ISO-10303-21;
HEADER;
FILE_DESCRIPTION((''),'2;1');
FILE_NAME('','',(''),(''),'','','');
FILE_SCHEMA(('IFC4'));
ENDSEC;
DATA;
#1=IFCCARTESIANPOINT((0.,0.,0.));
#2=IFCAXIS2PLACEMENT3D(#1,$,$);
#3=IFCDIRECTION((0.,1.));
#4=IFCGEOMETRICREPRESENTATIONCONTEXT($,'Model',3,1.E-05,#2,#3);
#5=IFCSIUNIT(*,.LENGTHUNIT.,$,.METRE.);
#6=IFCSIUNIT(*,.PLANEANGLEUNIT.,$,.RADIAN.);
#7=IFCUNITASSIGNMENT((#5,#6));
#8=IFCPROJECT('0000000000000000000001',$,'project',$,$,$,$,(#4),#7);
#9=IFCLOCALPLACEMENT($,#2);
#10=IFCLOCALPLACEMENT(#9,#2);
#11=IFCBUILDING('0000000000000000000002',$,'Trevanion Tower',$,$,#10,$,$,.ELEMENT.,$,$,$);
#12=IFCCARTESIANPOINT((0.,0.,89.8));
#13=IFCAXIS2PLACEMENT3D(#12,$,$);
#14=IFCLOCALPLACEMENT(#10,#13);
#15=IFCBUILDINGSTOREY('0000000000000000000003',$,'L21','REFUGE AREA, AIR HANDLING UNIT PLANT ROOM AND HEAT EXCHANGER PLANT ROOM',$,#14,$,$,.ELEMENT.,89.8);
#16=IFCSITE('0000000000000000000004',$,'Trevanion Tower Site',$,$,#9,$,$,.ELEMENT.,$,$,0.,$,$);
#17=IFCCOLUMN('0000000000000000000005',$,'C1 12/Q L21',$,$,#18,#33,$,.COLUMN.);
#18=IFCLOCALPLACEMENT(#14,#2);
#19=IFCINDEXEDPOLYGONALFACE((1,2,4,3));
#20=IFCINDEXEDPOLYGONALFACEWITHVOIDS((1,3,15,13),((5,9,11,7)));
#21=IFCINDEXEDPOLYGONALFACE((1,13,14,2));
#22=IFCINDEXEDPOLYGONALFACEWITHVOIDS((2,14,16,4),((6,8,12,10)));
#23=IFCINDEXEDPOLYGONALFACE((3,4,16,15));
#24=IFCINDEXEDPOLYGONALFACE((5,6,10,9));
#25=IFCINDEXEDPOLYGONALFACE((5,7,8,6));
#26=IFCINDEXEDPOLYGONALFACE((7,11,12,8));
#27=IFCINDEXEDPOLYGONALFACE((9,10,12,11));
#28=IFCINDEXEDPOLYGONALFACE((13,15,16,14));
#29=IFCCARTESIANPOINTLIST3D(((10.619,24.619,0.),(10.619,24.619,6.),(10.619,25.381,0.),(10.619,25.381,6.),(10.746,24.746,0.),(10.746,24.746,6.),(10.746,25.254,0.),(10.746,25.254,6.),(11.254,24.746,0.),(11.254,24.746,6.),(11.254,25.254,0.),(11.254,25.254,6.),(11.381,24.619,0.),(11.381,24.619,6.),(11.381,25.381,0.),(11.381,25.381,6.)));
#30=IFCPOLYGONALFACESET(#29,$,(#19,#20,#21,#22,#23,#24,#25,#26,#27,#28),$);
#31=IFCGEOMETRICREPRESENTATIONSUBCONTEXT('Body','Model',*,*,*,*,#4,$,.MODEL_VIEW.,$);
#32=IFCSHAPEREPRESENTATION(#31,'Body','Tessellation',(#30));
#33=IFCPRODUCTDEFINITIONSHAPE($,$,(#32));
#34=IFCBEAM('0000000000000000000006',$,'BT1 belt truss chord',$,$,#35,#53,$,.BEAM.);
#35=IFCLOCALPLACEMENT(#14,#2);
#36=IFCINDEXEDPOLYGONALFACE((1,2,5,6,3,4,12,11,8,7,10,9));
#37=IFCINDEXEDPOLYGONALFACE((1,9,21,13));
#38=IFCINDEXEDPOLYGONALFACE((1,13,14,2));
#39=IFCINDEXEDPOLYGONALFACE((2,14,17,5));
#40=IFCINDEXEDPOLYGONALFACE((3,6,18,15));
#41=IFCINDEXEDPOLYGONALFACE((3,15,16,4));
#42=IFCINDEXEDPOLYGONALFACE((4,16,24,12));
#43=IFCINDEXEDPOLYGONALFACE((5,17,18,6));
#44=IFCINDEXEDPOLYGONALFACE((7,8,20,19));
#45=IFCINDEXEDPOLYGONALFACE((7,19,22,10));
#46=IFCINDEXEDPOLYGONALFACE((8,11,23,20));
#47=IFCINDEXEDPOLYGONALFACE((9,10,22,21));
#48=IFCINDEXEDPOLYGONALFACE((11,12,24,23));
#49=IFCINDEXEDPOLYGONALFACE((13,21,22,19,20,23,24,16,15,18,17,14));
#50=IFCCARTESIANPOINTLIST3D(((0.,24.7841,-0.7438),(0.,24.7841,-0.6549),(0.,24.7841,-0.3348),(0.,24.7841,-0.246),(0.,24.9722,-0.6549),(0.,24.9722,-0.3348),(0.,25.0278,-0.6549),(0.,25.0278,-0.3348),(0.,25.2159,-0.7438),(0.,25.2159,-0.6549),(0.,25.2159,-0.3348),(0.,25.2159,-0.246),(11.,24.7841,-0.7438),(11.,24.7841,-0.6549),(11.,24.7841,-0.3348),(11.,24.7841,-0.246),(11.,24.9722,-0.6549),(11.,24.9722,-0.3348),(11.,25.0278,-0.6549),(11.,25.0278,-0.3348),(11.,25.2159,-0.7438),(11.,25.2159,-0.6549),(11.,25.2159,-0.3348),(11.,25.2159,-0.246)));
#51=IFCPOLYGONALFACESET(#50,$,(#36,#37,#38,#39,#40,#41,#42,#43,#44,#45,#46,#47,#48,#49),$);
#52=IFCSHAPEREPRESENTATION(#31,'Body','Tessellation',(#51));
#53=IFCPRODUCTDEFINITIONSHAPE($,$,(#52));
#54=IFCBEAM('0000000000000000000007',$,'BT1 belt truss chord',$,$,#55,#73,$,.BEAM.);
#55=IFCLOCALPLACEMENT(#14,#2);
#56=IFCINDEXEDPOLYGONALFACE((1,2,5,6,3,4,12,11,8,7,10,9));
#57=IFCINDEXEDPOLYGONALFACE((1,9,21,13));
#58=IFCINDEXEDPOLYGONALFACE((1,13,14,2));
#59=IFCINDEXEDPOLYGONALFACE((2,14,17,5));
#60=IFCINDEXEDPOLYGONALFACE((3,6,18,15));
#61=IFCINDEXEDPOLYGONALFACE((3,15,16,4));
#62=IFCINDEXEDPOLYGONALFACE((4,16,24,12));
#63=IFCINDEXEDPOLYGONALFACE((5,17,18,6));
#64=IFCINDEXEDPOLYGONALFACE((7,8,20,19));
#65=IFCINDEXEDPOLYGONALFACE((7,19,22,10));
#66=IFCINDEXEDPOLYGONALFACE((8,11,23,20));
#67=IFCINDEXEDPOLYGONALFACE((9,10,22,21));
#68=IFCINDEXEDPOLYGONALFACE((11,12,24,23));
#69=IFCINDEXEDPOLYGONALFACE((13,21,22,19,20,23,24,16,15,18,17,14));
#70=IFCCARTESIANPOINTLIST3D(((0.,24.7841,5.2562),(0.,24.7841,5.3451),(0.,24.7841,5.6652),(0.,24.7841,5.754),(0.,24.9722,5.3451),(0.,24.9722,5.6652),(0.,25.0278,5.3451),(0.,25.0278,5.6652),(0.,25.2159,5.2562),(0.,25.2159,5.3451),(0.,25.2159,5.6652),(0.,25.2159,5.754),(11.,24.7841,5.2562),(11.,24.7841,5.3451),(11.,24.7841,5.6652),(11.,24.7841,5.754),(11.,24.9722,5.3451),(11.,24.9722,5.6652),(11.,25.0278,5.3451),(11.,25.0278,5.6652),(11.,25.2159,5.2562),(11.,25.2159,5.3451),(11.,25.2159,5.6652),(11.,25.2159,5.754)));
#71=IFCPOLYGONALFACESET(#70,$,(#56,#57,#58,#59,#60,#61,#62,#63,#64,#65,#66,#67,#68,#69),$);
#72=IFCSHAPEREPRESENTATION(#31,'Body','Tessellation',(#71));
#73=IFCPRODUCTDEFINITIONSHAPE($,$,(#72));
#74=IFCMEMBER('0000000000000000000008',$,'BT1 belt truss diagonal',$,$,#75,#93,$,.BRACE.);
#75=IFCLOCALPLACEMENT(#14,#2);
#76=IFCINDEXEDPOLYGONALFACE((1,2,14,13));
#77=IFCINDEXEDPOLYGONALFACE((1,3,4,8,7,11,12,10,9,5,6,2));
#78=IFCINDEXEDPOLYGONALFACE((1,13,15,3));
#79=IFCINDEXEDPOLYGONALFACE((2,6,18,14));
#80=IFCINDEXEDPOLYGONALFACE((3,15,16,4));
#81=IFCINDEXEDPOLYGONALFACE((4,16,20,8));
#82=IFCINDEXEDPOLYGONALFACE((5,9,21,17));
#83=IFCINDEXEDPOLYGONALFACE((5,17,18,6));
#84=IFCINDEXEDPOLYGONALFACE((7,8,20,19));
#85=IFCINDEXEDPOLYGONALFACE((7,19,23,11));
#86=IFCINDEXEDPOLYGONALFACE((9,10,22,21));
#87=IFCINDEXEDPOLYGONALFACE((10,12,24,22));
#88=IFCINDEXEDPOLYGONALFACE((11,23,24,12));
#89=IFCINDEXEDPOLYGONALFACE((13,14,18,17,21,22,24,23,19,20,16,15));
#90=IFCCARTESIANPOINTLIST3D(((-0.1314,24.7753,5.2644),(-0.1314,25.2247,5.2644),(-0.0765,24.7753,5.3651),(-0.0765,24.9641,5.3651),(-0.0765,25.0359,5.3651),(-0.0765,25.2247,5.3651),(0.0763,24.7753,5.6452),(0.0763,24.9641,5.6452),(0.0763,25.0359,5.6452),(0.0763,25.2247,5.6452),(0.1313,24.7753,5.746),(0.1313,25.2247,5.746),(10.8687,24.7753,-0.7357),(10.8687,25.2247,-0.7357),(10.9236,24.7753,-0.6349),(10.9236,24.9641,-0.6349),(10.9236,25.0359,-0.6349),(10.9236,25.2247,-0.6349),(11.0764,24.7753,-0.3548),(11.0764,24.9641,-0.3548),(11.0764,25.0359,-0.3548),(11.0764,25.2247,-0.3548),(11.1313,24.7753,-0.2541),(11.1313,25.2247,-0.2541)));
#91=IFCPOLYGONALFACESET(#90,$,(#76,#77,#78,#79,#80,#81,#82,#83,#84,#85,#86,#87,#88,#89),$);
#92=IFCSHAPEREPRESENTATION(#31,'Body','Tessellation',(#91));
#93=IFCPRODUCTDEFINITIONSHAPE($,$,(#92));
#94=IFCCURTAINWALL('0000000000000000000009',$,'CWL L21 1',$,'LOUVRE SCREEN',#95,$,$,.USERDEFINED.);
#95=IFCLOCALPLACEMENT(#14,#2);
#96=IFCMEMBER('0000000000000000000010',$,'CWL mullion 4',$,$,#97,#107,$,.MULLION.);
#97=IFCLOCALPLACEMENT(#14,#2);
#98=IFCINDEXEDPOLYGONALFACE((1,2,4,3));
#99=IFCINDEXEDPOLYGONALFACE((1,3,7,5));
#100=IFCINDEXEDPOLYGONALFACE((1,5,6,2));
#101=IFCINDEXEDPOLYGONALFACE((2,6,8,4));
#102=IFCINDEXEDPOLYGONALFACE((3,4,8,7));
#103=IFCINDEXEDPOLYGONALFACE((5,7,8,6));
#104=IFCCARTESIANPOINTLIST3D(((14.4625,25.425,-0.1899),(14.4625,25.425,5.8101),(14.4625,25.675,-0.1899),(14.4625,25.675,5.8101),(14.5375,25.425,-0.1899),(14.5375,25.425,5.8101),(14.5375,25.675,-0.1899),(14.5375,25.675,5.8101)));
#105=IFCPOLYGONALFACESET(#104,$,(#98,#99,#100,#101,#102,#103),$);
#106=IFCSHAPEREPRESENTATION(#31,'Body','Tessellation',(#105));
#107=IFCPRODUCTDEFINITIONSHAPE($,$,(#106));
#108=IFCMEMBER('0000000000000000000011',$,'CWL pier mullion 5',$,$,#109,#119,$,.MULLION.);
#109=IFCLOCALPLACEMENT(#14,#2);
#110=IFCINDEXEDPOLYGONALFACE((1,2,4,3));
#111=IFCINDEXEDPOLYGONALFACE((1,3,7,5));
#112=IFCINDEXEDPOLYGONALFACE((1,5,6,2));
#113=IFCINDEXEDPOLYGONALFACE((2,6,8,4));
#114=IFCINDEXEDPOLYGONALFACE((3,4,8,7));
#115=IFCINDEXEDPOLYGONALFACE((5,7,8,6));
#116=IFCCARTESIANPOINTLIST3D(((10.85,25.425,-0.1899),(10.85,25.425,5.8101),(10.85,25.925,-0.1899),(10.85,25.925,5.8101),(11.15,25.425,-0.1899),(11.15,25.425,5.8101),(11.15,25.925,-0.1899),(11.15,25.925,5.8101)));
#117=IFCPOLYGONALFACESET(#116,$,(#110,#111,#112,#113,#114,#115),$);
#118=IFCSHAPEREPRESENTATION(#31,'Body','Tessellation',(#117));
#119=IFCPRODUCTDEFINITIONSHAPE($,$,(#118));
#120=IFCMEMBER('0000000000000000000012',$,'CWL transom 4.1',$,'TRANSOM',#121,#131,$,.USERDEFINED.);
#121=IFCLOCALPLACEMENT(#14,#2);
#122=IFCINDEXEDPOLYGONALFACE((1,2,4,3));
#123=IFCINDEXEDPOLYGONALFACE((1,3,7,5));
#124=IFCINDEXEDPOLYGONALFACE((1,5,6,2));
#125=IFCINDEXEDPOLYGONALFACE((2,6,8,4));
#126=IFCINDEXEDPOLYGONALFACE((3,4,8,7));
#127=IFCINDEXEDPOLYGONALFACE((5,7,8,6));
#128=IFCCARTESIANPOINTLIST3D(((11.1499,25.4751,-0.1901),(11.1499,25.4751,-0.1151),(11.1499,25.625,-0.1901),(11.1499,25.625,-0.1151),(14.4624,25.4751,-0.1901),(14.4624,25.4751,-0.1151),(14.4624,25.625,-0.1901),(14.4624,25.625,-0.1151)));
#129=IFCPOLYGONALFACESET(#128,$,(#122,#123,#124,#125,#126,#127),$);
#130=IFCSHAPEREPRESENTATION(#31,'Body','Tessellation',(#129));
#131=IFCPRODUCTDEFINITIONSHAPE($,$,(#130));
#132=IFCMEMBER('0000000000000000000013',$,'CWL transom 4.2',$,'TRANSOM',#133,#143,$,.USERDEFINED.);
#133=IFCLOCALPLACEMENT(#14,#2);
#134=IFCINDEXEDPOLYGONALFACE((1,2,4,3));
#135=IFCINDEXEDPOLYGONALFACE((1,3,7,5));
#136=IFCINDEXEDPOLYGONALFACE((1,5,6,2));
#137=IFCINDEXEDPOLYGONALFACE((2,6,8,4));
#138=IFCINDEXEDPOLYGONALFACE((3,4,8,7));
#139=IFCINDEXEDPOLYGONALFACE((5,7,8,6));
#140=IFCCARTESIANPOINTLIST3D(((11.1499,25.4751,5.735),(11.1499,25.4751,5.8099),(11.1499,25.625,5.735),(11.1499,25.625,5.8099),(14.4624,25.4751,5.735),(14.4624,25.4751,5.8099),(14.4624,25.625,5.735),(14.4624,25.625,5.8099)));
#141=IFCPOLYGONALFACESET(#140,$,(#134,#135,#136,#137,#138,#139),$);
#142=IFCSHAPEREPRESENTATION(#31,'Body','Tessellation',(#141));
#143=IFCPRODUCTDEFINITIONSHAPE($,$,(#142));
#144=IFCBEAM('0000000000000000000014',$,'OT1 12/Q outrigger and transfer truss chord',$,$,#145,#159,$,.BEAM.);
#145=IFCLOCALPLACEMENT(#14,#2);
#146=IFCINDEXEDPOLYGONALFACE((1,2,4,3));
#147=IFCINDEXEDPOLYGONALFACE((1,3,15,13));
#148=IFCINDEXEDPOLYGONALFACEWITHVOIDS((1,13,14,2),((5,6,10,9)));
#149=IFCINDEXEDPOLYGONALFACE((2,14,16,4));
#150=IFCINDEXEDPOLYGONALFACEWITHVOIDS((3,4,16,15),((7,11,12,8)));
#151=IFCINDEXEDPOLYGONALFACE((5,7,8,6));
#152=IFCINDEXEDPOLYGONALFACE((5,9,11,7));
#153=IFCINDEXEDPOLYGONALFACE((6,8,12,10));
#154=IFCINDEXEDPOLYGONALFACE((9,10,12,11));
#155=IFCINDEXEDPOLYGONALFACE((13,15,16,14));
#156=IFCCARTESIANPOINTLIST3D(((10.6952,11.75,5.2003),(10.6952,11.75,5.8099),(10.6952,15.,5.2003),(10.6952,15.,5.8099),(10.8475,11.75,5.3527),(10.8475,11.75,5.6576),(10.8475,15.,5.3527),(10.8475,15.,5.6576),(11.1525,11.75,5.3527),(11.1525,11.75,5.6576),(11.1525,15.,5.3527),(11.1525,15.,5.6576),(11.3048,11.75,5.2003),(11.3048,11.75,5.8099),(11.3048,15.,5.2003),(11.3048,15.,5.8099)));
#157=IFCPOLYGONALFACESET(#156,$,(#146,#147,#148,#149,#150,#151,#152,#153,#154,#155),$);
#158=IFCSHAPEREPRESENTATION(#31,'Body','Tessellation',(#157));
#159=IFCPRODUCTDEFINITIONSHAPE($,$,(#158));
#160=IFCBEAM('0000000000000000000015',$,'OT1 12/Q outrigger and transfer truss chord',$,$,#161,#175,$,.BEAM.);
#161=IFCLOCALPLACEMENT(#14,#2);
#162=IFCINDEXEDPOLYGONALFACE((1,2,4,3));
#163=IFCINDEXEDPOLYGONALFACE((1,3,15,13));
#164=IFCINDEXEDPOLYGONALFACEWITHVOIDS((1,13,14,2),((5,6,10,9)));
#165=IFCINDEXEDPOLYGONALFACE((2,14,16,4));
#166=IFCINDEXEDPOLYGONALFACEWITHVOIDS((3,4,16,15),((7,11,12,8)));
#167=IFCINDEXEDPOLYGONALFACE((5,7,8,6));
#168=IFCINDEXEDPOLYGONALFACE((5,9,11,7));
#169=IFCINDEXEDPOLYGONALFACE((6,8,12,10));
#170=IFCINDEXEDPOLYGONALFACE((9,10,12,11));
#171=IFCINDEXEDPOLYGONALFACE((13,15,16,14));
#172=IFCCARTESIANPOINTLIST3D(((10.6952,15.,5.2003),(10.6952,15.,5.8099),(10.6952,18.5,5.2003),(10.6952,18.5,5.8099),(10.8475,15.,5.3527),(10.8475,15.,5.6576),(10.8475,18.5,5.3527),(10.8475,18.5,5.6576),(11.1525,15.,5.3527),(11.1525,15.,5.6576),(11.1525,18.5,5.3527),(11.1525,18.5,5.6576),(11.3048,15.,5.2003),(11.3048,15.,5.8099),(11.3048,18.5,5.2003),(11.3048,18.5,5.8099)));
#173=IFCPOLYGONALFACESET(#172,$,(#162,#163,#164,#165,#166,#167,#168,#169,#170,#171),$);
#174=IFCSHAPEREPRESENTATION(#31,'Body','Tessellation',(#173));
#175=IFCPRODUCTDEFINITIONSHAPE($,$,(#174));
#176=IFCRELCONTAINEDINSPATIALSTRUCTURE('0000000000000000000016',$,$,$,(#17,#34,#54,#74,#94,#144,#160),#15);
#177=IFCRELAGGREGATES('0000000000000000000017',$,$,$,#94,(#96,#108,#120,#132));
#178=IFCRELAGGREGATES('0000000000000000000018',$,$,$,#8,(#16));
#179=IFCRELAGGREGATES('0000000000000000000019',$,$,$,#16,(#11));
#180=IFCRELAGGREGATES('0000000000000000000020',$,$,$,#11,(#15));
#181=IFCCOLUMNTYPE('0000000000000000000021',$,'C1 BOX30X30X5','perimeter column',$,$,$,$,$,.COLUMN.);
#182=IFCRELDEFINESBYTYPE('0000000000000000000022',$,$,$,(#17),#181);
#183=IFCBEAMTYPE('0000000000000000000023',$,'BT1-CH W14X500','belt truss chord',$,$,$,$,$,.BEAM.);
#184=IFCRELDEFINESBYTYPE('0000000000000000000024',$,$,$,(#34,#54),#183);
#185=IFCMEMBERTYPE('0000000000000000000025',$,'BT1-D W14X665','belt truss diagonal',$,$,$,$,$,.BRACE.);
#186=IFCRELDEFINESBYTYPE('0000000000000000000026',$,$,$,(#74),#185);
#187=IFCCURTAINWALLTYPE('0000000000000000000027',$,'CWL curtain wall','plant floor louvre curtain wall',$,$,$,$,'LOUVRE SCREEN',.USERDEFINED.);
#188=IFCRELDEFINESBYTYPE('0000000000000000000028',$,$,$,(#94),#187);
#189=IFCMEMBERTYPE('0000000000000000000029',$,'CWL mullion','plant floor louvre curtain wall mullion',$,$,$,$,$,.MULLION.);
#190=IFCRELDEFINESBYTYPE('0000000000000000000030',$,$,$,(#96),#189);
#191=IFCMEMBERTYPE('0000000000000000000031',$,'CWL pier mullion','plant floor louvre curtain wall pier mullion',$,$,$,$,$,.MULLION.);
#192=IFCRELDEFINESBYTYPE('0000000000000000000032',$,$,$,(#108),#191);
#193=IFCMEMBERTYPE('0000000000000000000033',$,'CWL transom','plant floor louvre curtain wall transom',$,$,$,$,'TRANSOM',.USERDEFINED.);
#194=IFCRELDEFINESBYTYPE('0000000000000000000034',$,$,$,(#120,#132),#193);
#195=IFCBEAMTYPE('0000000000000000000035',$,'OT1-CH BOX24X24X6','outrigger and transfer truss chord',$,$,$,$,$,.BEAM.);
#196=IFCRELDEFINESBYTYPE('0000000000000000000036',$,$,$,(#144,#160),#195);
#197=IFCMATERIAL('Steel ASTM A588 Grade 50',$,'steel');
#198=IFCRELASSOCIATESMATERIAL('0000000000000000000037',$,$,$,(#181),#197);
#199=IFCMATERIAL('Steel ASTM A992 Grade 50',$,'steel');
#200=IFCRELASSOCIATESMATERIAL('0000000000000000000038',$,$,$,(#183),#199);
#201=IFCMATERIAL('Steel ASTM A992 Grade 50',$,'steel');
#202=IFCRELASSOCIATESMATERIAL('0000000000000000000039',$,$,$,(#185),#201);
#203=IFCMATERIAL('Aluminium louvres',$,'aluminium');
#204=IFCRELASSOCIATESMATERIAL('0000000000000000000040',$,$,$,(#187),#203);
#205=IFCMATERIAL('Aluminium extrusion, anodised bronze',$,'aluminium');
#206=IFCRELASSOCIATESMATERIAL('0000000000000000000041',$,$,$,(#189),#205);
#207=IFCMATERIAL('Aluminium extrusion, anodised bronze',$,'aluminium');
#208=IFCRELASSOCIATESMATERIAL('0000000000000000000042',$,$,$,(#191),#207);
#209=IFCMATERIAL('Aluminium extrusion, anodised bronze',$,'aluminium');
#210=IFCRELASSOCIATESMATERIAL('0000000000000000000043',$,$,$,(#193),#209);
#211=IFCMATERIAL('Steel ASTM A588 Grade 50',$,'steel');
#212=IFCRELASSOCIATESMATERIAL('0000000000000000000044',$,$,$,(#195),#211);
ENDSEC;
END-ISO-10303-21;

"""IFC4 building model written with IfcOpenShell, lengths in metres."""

from ifc_helpers import new_model, si_unit, direction, frame, origin, origin_2d, place, context, subcontext, project, spatial, rectangle, hollow_rectangle, i_section, extrude, material, material_profile, profile_set, type_object, element, aggregate, save


model = new_model("IFC4")

# Units and contexts
model_context = context("Model", 3, precision=1e-05, world=origin(), true_north=direction((0.0, 1.0)))
body_context = subcontext(model_context, "Body", "Model", "MODEL_VIEW")
ifc_project = project(units=[si_unit("LENGTHUNIT", "METRE"), si_unit("PLANEANGLEUNIT", "RADIAN")], contexts=[model_context])

# Site, building, storey
site_placement = place(None, origin())
site = spatial("IfcSite", under=ifc_project, at=site_placement, Name="Trevanion Tower Site", CompositionType="ELEMENT", RefElevation=0.0)
building_placement = place(site_placement, origin())
building = spatial("IfcBuilding", under=site, at=building_placement, Name="Trevanion Tower", CompositionType="ELEMENT")
storey_placement = place(building_placement, frame((0.0, 0.0, 89.8)))
storey = spatial("IfcBuildingStorey", under=building, at=storey_placement, Name="L21", Description="REFUGE AREA, AIR HANDLING UNIT PLANT ROOM AND HEAT EXCHANGER PLANT ROOM", CompositionType="ELEMENT", Elevation=89.8)

# Column
ifc_material_1 = material(Name="Steel ASTM A588 Grade 50", Category="steel")
ifc_material_profile_1 = material_profile(ifc_material_1, hollow_rectangle(XDim=0.762, YDim=0.762, WallThickness=0.127, at=origin_2d()), Name="BOX30X30X5")
ifc_profile_set_1 = profile_set([ifc_material_profile_1], Name="Steel ASTM A588 Grade 50")
column_type = type_object("IfcColumnType", Name="C1 BOX30X30X5", Description="perimeter column", PredefinedType="COLUMN", material=ifc_profile_set_1)
column_placement = place(storey_placement, frame((11.0, 25.0, 0.0), z_axis=(0.0, 0.0, 1.0), x_axis=(1.0, 0.0, 0.0)))
element("IfcColumn", 1, at=column_placement, inside=storey, type_object=column_type, Name="C1 12/Q L21", PredefinedType="COLUMN", context=body_context, shape_type="SweptSolid", body=[
    extrude(hollow_rectangle(XDim=0.762, YDim=0.762, WallThickness=0.127, at=origin_2d()), origin(), (0.0, 0.0, 1.0), 6.0),
])

# Beams
ifc_material_2 = material(Name="Steel ASTM A992 Grade 50", Category="steel")
ifc_material_profile_2 = material_profile(ifc_material_2, i_section(OverallWidth=0.4319, OverallDepth=0.4978, WebThickness=0.0557, FlangeThickness=0.0889, at=origin_2d()), Name="W14X500")
ifc_profile_set_2 = profile_set([ifc_material_profile_2], Name="Steel ASTM A992 Grade 50")
beam_type_1 = type_object("IfcBeamType", Name="BT1-CH W14X500", Description="belt truss chord", PredefinedType="BEAM", material=ifc_profile_set_2)
for number, where, z_axis, x_axis, name in (
    (2, (11.0, 25.0, -0.4949), (-1.0, 0.0, 0.0), (0.0, -1.0, 0.0), "BT1 belt truss chord"),
    (3, (11.0, 25.0, 5.5051), (-1.0, 0.0, 0.0), (0.0, -1.0, 0.0), "BT1 belt truss chord"),
):
    element("IfcBeam", number, at=place(storey_placement, frame(where, z_axis=z_axis, x_axis=x_axis)), inside=storey, type_object=beam_type_1, Name=name, PredefinedType="BEAM", context=body_context, shape_type="SweptSolid", body=[
        extrude(i_section(OverallWidth=0.4319, OverallDepth=0.4978, WebThickness=0.0557, FlangeThickness=0.0889, at=origin_2d()), origin(), (0.0, 0.0, 1.0), 11.0),
    ])

# Member
ifc_material_3 = material(Name="Steel ASTM A992 Grade 50", Category="steel")
ifc_material_profile_3 = material_profile(ifc_material_3, i_section(OverallWidth=0.4495, OverallDepth=0.5486, WebThickness=0.0718, FlangeThickness=0.1147, at=origin_2d()), Name="W14X665")
ifc_profile_set_3 = profile_set([ifc_material_profile_3], Name="Steel ASTM A992 Grade 50")
member_type_1 = type_object("IfcMemberType", Name="BT1-D W14X665", Description="belt truss diagonal", PredefinedType="BRACE", material=ifc_profile_set_3)
member_1_placement = place(storey_placement, frame((11.0, 25.0, -0.4949), z_axis=(-0.877896, 0.0, 0.478852), x_axis=(0.0, -1.0, 0.0)))
element("IfcMember", 4, at=member_1_placement, inside=storey, type_object=member_type_1, Name="BT1 belt truss diagonal", PredefinedType="BRACE", context=body_context, shape_type="SweptSolid", body=[
    extrude(i_section(OverallWidth=0.4495, OverallDepth=0.5486, WebThickness=0.0718, FlangeThickness=0.1147, at=origin_2d()), origin(), (0.0, 0.0, 1.0), 12.53),
])

# Curtain wall, members
ifc_material_4 = material(Name="Aluminium louvres", Category="aluminium")
curtain_wall_type = type_object("IfcCurtainWallType", Name="CWL curtain wall", Description="plant floor louvre curtain wall", ElementType="LOUVRE SCREEN", PredefinedType="USERDEFINED", material=ifc_material_4)
curtain_wall_placement = place(storey_placement, origin())
curtain_wall = element("IfcCurtainWall", 5, at=curtain_wall_placement, inside=storey, type_object=curtain_wall_type, Name="CWL L21 1", ObjectType="LOUVRE SCREEN", PredefinedType="USERDEFINED")
ifc_material_5 = material(Name="Aluminium extrusion, anodised bronze", Category="aluminium")
ifc_material_profile_4 = material_profile(ifc_material_5, rectangle(XDim=0.075, YDim=0.25, at=origin_2d()), Name="CWL mullion")
ifc_profile_set_4 = profile_set([ifc_material_profile_4], Name="Aluminium extrusion, anodised bronze")
member_type_2 = type_object("IfcMemberType", Name="CWL mullion", Description="plant floor louvre curtain wall mullion", PredefinedType="MULLION", material=ifc_profile_set_4)
member_2_placement = place(storey_placement, frame((14.5, 25.55, -0.1899), z_axis=(0.0, 0.0, 1.0), x_axis=(-1.0, 0.0, 0.0)))
member_2 = element("IfcMember", 6, at=member_2_placement, type_object=member_type_2, Name="CWL mullion 4", PredefinedType="MULLION", context=body_context, shape_type="SweptSolid", body=[
    extrude(rectangle(XDim=0.075, YDim=0.25, at=origin_2d()), origin(), (0.0, 0.0, 1.0), 6.0),
])
ifc_material_6 = material(Name="Aluminium extrusion, anodised bronze", Category="aluminium")
ifc_material_profile_5 = material_profile(ifc_material_6, rectangle(XDim=0.3, YDim=0.5, at=origin_2d()), Name="CWL pier mullion")
ifc_profile_set_5 = profile_set([ifc_material_profile_5], Name="Aluminium extrusion, anodised bronze")
member_type_3 = type_object("IfcMemberType", Name="CWL pier mullion", Description="plant floor louvre curtain wall pier mullion", PredefinedType="MULLION", material=ifc_profile_set_5)
member_3_placement = place(storey_placement, frame((11.0, 25.675, -0.1899), z_axis=(0.0, 0.0, 1.0), x_axis=(-1.0, 0.0, 0.0)))
member_3 = element("IfcMember", 7, at=member_3_placement, type_object=member_type_3, Name="CWL pier mullion 5", PredefinedType="MULLION", context=body_context, shape_type="SweptSolid", body=[
    extrude(rectangle(XDim=0.3, YDim=0.5, at=origin_2d()), origin(), (0.0, 0.0, 1.0), 6.0),
])
ifc_material_7 = material(Name="Aluminium extrusion, anodised bronze", Category="aluminium")
ifc_material_profile_6 = material_profile(ifc_material_7, rectangle(XDim=0.1499, YDim=0.075, at=origin_2d()), Name="CWL transom")
ifc_profile_set_6 = profile_set([ifc_material_profile_6], Name="Aluminium extrusion, anodised bronze")
member_type_4 = type_object("IfcMemberType", Name="CWL transom", Description="plant floor louvre curtain wall transom", ElementType="TRANSOM", PredefinedType="USERDEFINED", material=ifc_profile_set_6)
member_4_placement = place(storey_placement, frame((14.4624, 25.55, -0.1526), z_axis=(-1.0, 0.0, 0.0), x_axis=(0.0, -1.0, 0.0)))
member_4 = element("IfcMember", 8, at=member_4_placement, type_object=member_type_4, Name="CWL transom 4.1", ObjectType="TRANSOM", PredefinedType="USERDEFINED", context=body_context, shape_type="SweptSolid", body=[
    extrude(rectangle(XDim=0.1499, YDim=0.075, at=origin_2d()), origin(), (0.0, 0.0, 1.0), 3.3125),
])
member_5_placement = place(storey_placement, frame((14.4624, 25.55, 5.7725), z_axis=(-1.0, 0.0, 0.0), x_axis=(0.0, -1.0, 0.0)))
member_5 = element("IfcMember", 9, at=member_5_placement, type_object=member_type_4, Name="CWL transom 4.2", ObjectType="TRANSOM", PredefinedType="USERDEFINED", context=body_context, shape_type="SweptSolid", body=[
    extrude(rectangle(XDim=0.1499, YDim=0.075, at=origin_2d()), origin(), (0.0, 0.0, 1.0), 3.3125),
])

# Beams
ifc_material_8 = material(Name="Steel ASTM A588 Grade 50", Category="steel")
ifc_material_profile_7 = material_profile(ifc_material_8, hollow_rectangle(XDim=0.6096, YDim=0.6096, WallThickness=0.1523, at=origin_2d()), Name="BOX24X24X6")
ifc_profile_set_7 = profile_set([ifc_material_profile_7], Name="Steel ASTM A588 Grade 50")
beam_type_2 = type_object("IfcBeamType", Name="OT1-CH BOX24X24X6", Description="outrigger and transfer truss chord", PredefinedType="BEAM", material=ifc_profile_set_7)
beam_1_placement = place(storey_placement, frame((11.0, 11.75, 5.5051), z_axis=(0.0, 1.0, 0.0), x_axis=(-1.0, 0.0, 0.0)))
element("IfcBeam", 10, at=beam_1_placement, inside=storey, type_object=beam_type_2, Name="OT1 12/Q outrigger and transfer truss chord", PredefinedType="BEAM", context=body_context, shape_type="SweptSolid", body=[
    extrude(hollow_rectangle(XDim=0.6096, YDim=0.6096, WallThickness=0.1523, at=origin_2d()), origin(), (0.0, 0.0, 1.0), 3.25),
])
for number, where, z_axis, x_axis, name in (
    (11, (11.0, 15.0, 5.5051), (0.0, 1.0, 0.0), (-1.0, 0.0, 0.0), "OT1 12/Q outrigger and transfer truss chord"),
):
    element("IfcBeam", number, at=place(storey_placement, frame(where, z_axis=z_axis, x_axis=x_axis)), inside=storey, type_object=beam_type_2, Name=name, PredefinedType="BEAM", context=body_context, shape_type="SweptSolid", body=[
        extrude(hollow_rectangle(XDim=0.6096, YDim=0.6096, WallThickness=0.1523, at=origin_2d()), origin(), (0.0, 0.0, 1.0), 3.5),
    ])

aggregate(curtain_wall, [member_2, member_3, member_4, member_5])

save(model, "model.ifc")
